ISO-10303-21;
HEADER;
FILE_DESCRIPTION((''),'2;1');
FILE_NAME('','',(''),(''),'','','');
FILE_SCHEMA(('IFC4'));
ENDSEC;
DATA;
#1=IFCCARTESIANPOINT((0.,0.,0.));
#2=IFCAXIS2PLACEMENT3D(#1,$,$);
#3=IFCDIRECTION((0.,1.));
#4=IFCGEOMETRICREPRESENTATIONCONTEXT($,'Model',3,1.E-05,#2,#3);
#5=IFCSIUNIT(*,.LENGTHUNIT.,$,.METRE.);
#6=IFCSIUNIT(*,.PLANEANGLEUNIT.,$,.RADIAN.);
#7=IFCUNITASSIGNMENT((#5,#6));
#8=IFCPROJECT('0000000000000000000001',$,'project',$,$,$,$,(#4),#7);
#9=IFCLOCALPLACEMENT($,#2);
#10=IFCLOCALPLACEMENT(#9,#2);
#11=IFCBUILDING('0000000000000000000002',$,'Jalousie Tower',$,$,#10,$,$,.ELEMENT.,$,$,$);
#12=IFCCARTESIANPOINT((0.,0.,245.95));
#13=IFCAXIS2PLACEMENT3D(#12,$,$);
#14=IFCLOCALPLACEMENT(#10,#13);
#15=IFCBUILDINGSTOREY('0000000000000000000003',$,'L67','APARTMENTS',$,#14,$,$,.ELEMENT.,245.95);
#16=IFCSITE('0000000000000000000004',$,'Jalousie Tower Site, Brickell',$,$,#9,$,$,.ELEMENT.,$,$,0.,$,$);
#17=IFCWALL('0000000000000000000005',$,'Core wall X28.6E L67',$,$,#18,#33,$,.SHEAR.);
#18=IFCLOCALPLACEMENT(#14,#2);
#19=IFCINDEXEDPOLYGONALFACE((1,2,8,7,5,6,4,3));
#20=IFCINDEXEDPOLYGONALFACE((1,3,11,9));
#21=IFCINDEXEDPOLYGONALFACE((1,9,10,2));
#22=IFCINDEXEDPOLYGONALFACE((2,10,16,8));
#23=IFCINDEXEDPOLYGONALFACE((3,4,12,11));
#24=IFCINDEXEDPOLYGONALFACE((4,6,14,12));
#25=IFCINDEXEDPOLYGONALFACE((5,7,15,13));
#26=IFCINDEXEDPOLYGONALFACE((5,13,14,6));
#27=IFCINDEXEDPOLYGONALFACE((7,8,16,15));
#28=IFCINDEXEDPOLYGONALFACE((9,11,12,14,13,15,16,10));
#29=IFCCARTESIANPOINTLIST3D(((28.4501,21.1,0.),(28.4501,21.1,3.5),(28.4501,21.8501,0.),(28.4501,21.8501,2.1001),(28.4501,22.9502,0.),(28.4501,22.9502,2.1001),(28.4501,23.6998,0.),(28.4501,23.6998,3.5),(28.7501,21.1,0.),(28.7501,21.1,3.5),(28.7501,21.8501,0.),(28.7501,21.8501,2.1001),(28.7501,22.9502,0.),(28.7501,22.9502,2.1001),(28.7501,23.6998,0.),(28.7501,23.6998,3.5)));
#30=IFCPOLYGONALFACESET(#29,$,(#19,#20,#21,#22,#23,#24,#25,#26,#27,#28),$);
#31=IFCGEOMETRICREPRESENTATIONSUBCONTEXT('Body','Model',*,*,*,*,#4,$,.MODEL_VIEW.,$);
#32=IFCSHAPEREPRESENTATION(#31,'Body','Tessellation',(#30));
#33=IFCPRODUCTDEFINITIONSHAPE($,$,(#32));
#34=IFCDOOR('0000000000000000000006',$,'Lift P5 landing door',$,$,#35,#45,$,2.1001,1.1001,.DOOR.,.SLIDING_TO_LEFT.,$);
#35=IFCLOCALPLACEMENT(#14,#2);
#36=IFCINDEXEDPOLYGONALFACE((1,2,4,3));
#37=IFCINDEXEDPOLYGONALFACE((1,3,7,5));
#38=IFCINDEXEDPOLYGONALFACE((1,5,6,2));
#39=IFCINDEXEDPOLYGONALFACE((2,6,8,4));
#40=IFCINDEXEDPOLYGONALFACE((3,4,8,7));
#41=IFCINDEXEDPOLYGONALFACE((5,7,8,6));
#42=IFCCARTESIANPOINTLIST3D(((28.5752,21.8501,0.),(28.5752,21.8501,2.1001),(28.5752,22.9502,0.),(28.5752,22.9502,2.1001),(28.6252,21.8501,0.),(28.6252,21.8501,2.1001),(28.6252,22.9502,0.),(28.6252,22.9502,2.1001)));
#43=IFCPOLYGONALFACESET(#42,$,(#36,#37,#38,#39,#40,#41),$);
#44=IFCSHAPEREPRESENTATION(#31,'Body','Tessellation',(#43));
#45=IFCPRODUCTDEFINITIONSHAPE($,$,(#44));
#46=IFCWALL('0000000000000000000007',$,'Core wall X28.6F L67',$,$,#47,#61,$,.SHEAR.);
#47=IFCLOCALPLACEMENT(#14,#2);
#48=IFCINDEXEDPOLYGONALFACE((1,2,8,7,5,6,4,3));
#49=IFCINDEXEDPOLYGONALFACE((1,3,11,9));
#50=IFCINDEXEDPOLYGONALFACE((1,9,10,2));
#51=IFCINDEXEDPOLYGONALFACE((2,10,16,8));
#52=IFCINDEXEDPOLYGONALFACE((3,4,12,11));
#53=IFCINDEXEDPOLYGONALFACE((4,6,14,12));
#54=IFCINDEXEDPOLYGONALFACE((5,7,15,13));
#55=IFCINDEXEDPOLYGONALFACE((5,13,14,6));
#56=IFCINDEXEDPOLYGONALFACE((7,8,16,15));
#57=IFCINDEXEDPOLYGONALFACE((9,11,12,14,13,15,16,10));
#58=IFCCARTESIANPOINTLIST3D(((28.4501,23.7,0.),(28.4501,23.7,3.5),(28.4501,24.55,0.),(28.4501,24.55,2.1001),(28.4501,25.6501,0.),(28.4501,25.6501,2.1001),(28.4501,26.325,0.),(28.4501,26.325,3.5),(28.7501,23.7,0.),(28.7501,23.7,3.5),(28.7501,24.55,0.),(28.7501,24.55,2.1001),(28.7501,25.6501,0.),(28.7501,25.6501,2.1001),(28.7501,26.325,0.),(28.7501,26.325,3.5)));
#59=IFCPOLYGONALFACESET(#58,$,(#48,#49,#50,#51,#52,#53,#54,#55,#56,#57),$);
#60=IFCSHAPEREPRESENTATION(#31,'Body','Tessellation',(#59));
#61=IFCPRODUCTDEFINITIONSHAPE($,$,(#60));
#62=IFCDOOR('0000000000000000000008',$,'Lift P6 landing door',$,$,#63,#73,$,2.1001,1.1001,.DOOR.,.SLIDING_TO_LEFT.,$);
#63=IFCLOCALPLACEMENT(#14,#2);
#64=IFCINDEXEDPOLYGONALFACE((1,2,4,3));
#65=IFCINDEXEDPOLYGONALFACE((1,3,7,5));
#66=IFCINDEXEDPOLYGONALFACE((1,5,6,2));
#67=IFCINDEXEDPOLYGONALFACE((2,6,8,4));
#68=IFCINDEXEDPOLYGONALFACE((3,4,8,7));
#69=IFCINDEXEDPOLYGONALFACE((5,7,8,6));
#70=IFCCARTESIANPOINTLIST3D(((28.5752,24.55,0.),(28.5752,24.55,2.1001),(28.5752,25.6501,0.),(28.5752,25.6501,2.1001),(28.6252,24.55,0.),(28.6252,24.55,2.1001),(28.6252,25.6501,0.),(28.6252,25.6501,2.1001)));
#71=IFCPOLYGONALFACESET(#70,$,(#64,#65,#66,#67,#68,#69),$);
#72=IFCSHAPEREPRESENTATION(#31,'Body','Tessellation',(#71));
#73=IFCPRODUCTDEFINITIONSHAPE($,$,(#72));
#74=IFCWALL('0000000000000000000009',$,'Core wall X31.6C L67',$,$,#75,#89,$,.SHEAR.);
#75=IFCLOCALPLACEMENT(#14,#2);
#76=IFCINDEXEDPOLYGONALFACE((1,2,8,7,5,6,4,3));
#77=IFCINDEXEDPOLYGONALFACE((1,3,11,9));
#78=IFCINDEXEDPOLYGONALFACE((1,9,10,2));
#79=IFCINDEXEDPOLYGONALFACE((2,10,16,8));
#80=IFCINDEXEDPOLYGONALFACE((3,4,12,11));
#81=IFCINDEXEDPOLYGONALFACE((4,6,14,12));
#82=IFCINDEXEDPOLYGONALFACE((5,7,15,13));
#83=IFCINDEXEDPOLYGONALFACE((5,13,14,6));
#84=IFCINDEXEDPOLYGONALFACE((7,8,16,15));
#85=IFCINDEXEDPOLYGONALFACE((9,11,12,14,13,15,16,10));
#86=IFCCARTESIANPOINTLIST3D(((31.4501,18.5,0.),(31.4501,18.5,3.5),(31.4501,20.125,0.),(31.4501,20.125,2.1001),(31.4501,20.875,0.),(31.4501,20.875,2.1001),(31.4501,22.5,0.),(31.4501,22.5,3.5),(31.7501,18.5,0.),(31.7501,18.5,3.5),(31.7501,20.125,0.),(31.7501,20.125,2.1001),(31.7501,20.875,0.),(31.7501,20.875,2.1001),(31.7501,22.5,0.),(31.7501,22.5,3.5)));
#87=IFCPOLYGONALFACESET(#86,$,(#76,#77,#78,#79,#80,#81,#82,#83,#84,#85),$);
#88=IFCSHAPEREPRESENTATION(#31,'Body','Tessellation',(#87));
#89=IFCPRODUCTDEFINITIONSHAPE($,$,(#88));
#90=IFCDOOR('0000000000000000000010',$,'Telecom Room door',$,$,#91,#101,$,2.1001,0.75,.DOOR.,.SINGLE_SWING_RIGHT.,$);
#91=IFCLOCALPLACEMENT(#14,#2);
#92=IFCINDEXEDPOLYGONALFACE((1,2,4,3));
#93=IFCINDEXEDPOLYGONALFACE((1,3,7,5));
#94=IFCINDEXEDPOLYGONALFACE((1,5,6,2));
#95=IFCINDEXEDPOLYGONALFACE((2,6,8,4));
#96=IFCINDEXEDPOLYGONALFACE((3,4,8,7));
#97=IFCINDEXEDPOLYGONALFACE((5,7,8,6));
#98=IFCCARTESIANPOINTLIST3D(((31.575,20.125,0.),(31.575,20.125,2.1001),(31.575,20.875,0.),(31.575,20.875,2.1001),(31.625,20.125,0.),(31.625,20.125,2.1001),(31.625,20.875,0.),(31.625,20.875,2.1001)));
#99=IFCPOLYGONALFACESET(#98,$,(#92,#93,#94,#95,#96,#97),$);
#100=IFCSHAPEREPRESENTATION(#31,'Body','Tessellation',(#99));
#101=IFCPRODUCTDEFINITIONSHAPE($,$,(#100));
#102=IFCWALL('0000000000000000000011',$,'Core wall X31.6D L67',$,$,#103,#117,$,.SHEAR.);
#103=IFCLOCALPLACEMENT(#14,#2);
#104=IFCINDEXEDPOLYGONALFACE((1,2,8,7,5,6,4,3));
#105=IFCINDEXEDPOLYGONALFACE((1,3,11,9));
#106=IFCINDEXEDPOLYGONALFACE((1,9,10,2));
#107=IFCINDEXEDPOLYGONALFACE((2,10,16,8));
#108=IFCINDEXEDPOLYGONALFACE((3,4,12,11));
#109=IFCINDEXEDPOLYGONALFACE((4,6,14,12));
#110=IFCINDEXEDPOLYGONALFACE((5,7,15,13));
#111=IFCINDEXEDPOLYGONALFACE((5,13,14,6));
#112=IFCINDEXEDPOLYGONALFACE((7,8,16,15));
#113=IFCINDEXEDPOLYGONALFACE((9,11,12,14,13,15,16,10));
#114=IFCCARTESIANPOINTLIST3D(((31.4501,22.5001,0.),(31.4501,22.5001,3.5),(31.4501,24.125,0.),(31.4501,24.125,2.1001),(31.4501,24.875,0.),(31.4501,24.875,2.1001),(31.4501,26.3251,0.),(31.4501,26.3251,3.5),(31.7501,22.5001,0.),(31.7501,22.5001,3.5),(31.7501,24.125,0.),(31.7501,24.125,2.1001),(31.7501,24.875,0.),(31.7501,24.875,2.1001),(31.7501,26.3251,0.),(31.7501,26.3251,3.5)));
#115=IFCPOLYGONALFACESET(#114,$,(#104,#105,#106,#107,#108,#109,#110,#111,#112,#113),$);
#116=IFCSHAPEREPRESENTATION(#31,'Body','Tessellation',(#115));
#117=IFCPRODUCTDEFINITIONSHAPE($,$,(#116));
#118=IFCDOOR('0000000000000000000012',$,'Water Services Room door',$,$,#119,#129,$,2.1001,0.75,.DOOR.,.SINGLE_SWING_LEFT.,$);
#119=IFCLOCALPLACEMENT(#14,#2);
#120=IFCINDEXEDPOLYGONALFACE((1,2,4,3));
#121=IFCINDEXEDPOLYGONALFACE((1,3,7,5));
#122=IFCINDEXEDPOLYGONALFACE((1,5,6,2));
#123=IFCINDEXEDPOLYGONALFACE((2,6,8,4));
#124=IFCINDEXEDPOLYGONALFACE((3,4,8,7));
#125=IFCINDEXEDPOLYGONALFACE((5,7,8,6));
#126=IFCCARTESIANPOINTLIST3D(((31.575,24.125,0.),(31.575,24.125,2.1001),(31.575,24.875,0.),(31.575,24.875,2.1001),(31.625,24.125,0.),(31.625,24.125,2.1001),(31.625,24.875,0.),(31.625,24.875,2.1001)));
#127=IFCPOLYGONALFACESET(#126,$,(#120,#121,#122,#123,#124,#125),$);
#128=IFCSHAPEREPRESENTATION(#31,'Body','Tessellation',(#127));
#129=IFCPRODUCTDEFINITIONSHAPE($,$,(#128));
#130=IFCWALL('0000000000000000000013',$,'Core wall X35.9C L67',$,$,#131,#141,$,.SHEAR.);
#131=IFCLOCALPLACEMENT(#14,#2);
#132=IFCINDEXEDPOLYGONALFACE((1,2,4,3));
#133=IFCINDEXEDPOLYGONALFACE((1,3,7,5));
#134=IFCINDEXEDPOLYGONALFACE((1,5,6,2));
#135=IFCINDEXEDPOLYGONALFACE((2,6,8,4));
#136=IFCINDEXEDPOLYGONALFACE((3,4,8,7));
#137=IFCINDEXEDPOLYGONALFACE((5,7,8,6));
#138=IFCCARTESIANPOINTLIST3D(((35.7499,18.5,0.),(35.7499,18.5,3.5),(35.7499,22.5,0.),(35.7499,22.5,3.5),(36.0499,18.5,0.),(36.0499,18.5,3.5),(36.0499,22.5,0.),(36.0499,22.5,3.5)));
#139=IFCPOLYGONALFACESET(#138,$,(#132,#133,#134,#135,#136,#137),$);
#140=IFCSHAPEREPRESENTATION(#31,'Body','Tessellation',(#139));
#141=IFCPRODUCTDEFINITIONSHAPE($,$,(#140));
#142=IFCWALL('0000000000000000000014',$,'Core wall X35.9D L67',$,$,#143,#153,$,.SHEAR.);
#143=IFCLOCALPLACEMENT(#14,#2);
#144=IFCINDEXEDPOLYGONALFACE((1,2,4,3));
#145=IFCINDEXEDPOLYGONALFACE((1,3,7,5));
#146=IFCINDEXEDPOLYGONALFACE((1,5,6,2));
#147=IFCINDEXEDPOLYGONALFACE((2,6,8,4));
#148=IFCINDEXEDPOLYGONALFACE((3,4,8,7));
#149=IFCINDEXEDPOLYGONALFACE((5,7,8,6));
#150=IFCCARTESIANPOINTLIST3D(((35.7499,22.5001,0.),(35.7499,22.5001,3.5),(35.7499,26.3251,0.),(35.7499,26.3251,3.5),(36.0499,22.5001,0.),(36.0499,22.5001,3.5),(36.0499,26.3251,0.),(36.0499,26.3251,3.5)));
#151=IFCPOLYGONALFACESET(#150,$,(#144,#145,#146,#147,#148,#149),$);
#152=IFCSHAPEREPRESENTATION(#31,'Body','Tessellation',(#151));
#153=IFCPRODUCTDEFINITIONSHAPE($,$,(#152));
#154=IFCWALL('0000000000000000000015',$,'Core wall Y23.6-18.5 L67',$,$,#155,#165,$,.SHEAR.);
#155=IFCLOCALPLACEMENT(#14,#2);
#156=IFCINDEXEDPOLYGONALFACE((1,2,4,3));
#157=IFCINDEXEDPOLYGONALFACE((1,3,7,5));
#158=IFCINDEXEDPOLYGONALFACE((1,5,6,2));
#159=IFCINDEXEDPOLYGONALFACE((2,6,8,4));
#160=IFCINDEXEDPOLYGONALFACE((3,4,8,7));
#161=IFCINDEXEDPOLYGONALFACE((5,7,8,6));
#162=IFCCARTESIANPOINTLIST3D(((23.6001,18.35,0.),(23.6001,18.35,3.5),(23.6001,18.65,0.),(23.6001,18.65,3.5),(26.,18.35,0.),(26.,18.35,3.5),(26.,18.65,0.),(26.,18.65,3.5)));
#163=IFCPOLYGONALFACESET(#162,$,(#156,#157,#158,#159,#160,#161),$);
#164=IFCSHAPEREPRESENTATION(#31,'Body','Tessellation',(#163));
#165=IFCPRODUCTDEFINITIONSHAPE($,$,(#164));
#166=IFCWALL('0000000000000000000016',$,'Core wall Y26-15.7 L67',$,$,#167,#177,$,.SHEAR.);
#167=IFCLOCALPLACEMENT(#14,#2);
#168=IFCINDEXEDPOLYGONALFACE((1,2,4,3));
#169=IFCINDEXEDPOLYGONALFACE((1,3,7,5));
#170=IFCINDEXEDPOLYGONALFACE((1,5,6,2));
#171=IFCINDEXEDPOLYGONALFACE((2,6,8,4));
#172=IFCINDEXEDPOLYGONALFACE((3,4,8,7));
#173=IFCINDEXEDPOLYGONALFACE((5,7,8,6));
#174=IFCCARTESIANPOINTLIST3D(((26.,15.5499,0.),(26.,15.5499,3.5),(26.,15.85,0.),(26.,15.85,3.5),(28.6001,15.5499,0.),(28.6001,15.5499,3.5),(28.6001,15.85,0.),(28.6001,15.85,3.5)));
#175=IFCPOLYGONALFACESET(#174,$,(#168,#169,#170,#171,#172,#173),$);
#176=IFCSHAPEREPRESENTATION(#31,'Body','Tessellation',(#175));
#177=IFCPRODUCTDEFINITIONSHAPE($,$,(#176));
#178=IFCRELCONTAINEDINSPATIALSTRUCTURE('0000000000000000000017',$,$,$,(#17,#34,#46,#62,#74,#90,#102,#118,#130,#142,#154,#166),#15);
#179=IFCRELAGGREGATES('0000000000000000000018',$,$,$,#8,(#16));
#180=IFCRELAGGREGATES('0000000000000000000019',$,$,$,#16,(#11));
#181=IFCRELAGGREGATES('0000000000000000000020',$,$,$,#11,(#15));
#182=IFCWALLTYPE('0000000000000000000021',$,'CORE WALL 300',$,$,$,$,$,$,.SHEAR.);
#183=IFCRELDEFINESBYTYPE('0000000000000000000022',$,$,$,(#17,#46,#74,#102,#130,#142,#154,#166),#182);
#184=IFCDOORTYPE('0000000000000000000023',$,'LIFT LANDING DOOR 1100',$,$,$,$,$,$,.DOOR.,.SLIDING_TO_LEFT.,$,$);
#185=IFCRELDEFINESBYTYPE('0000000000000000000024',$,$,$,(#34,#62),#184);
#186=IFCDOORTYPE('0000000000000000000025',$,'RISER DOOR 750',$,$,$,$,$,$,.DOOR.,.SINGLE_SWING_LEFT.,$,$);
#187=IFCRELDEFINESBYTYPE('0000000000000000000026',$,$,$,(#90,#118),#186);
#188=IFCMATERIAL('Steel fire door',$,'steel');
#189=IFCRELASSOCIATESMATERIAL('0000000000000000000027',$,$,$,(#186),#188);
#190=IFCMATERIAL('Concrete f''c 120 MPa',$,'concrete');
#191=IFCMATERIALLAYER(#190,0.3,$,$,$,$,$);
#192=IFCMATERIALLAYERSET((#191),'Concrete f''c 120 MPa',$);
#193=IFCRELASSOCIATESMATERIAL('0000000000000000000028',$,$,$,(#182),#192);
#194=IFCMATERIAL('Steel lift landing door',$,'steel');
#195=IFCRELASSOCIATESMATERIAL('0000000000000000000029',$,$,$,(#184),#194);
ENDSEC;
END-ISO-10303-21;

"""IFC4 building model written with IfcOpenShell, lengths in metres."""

from ifc_helpers import new_model, si_unit, direction, frame, frame_2d, origin, place, context, subcontext, project, spatial, rectangle, extrude, material, layer, layer_set, type_object, element, fill, save


model = new_model("IFC4")

# Units and contexts
model_context = context("Model", 3, precision=1e-05, world=origin(), true_north=direction((0.0, 1.0)))
body_context = subcontext(model_context, "Body", "Model", "MODEL_VIEW")
ifc_project = project(units=[si_unit("LENGTHUNIT", "METRE"), si_unit("PLANEANGLEUNIT", "RADIAN")], contexts=[model_context])

# Site, building, storey
site_placement = place(None, origin())
site = spatial("IfcSite", under=ifc_project, at=site_placement, Name="Jalousie Tower Site, Brickell", CompositionType="ELEMENT", RefElevation=0.0)
building_placement = place(site_placement, origin())
building = spatial("IfcBuilding", under=site, at=building_placement, Name="Jalousie Tower", CompositionType="ELEMENT")
storey_placement = place(building_placement, frame((0.0, 0.0, 245.95)))
storey = spatial("IfcBuildingStorey", under=building, at=storey_placement, Name="L67", Description="APARTMENTS", CompositionType="ELEMENT", Elevation=245.95)

# Shared definitions
ifc_material_1 = material(Name="Steel fire door", Category="steel")
door_type_1 = type_object("IfcDoorType", Name="RISER DOOR 750", OperationType="SINGLE_SWING_LEFT", PredefinedType="DOOR", material=ifc_material_1)

# Shared definitions
ifc_material_2 = material(Name="Concrete f'c 120 MPa", Category="concrete")
ifc_layer_1 = layer(ifc_material_2, 0.3)
ifc_layer_set_1 = layer_set([ifc_layer_1], Name="Concrete f'c 120 MPa")
wall_type_1 = type_object("IfcWallType", Name="CORE WALL 300", PredefinedType="SHEAR", material=ifc_layer_set_1)

# Walls, openings, doors
ifc_material_3 = material(Name="Steel lift landing door", Category="steel")
door_type_2 = type_object("IfcDoorType", Name="LIFT LANDING DOOR 1100", OperationType="SLIDING_TO_LEFT", PredefinedType="DOOR", material=ifc_material_3)
wall_1_placement = place(storey_placement, frame((28.6001, 21.1001, 0.0), z_axis=(0.0, 0.0, 1.0), x_axis=(0.0, 1.0, 0.0)))
wall_1 = element("IfcWall", 1, at=wall_1_placement, inside=storey, type_object=wall_type_1, Name="Core wall X28.6E L67", PredefinedType="SHEAR", context=body_context, shape_type="SweptSolid", body=[
    extrude(rectangle(XDim=2.5999, YDim=0.3, at=frame_2d((1.2998, 0.0))), origin(), (0.0, 0.0, 1.0), 3.5),
])
opening_1_placement = place(wall_1_placement, frame((0.75, 0.0, 0.0)))
opening_1 = element("IfcOpeningElement", 2, at=opening_1_placement, cuts=wall_1, PredefinedType="OPENING", context=body_context, shape_type="SweptSolid", body=[
    extrude(rectangle(XDim=1.1001, YDim=2.1001, at=frame_2d((0.55, 1.05))), frame((0.0, 0.1599, 0.0), z_axis=(0.0, -1.0, 0.0), x_axis=(1.0, 0.0, 0.0)), (0.0, 0.0, 1.0), 0.3201),
])
door_1_placement = place(opening_1_placement, origin())
door_1 = element("IfcDoor", 3, at=door_1_placement, inside=storey, type_object=door_type_2, Name="Lift P5 landing door", OperationType="SLIDING_TO_LEFT", OverallHeight=2.1001, OverallWidth=1.1001, PredefinedType="DOOR", context=body_context, shape_type="SweptSolid", body=[
    extrude(rectangle(XDim=1.1001, YDim=2.1001, at=frame_2d((0.55, 1.05))), frame((0.0, 0.0249, 0.0), z_axis=(0.0, -1.0, 0.0), x_axis=(1.0, 0.0, 0.0)), (0.0, 0.0, 1.0), 0.05),
])
fill(opening_1, door_1)
wall_2_placement = place(storey_placement, frame((28.6001, 23.7, 0.0), z_axis=(0.0, 0.0, 1.0), x_axis=(0.0, 1.0, 0.0)))
wall_2 = element("IfcWall", 4, at=wall_2_placement, inside=storey, type_object=wall_type_1, Name="Core wall X28.6F L67", PredefinedType="SHEAR", context=body_context, shape_type="SweptSolid", body=[
    extrude(rectangle(XDim=2.625, YDim=0.3, at=frame_2d((1.3125, 0.0))), origin(), (0.0, 0.0, 1.0), 3.5),
])
opening_2_placement = place(wall_2_placement, frame((0.8501, 0.0, 0.0)))
opening_2 = element("IfcOpeningElement", 5, at=opening_2_placement, cuts=wall_2, PredefinedType="OPENING", context=body_context, shape_type="SweptSolid", body=[
    extrude(rectangle(XDim=1.1001, YDim=2.1001, at=frame_2d((0.55, 1.05))), frame((0.0, 0.1599, 0.0), z_axis=(0.0, -1.0, 0.0), x_axis=(1.0, 0.0, 0.0)), (0.0, 0.0, 1.0), 0.3201),
])
door_2_placement = place(opening_2_placement, origin())
door_2 = element("IfcDoor", 6, at=door_2_placement, inside=storey, type_object=door_type_2, Name="Lift P6 landing door", OperationType="SLIDING_TO_LEFT", OverallHeight=2.1001, OverallWidth=1.1001, PredefinedType="DOOR", context=body_context, shape_type="SweptSolid", body=[
    extrude(rectangle(XDim=1.1001, YDim=2.1001, at=frame_2d((0.55, 1.05))), frame((0.0, 0.0249, 0.0), z_axis=(0.0, -1.0, 0.0), x_axis=(1.0, 0.0, 0.0)), (0.0, 0.0, 1.0), 0.05),
])
fill(opening_2, door_2)
wall_3_placement = place(storey_placement, frame((31.6001, 18.5, 0.0), z_axis=(0.0, 0.0, 1.0), x_axis=(0.0, 1.0, 0.0)))
wall_3 = element("IfcWall", 7, at=wall_3_placement, inside=storey, type_object=wall_type_1, Name="Core wall X31.6C L67", PredefinedType="SHEAR", context=body_context, shape_type="SweptSolid", body=[
    extrude(rectangle(XDim=4.0, YDim=0.3, at=frame_2d((2.0, 0.0))), origin(), (0.0, 0.0, 1.0), 3.5),
])
opening_3_placement = place(wall_3_placement, frame((1.625, 0.0, 0.0)))
opening_3 = element("IfcOpeningElement", 8, at=opening_3_placement, cuts=wall_3, PredefinedType="OPENING", context=body_context, shape_type="SweptSolid", body=[
    extrude(rectangle(XDim=0.75, YDim=2.1001, at=frame_2d((0.375, 1.05))), frame((0.0, 0.1599, 0.0), z_axis=(0.0, -1.0, 0.0), x_axis=(1.0, 0.0, 0.0)), (0.0, 0.0, 1.0), 0.3201),
])
door_3_placement = place(opening_3_placement, frame((0.75, 0.0, 0.0), z_axis=(0.0, 0.0, 1.0), x_axis=(-1.0, 0.0, 0.0)))
door_3 = element("IfcDoor", 9, at=door_3_placement, inside=storey, type_object=door_type_1, Name="Telecom Room door", OperationType="SINGLE_SWING_RIGHT", OverallHeight=2.1001, OverallWidth=0.75, PredefinedType="DOOR", context=body_context, shape_type="SweptSolid", body=[
    extrude(rectangle(XDim=0.75, YDim=2.1001, at=frame_2d((0.375, 1.05))), frame((0.0, 0.0249, 0.0), z_axis=(0.0, -1.0, 0.0), x_axis=(1.0, 0.0, 0.0)), (0.0, 0.0, 1.0), 0.05),
])
fill(opening_3, door_3)
wall_4_placement = place(storey_placement, frame((31.6001, 22.5, 0.0), z_axis=(0.0, 0.0, 1.0), x_axis=(0.0, 1.0, 0.0)))
wall_4 = element("IfcWall", 10, at=wall_4_placement, inside=storey, type_object=wall_type_1, Name="Core wall X31.6D L67", PredefinedType="SHEAR", context=body_context, shape_type="SweptSolid", body=[
    extrude(rectangle(XDim=3.825, YDim=0.3, at=frame_2d((1.9126, 0.0))), origin(), (0.0, 0.0, 1.0), 3.5),
])
opening_4_placement = place(wall_4_placement, frame((1.625, 0.0, 0.0)))
opening_4 = element("IfcOpeningElement", 11, at=opening_4_placement, cuts=wall_4, PredefinedType="OPENING", context=body_context, shape_type="SweptSolid", body=[
    extrude(rectangle(XDim=0.75, YDim=2.1001, at=frame_2d((0.375, 1.05))), frame((0.0, 0.1599, 0.0), z_axis=(0.0, -1.0, 0.0), x_axis=(1.0, 0.0, 0.0)), (0.0, 0.0, 1.0), 0.3201),
])
door_4_placement = place(opening_4_placement, frame((0.75, 0.0, 0.0), z_axis=(0.0, 0.0, 1.0), x_axis=(-1.0, 0.0, 0.0)))
door_4 = element("IfcDoor", 12, at=door_4_placement, inside=storey, type_object=door_type_1, Name="Water Services Room door", OperationType="SINGLE_SWING_LEFT", OverallHeight=2.1001, OverallWidth=0.75, PredefinedType="DOOR", context=body_context, shape_type="SweptSolid", body=[
    extrude(rectangle(XDim=0.75, YDim=2.1001, at=frame_2d((0.375, 1.05))), frame((0.0, 0.0249, 0.0), z_axis=(0.0, -1.0, 0.0), x_axis=(1.0, 0.0, 0.0)), (0.0, 0.0, 1.0), 0.05),
])
fill(opening_4, door_4)

# Walls
wall_5_placement = place(storey_placement, frame((35.8999, 18.5, 0.0), z_axis=(0.0, 0.0, 1.0), x_axis=(0.0, 1.0, 0.0)))
element("IfcWall", 13, at=wall_5_placement, inside=storey, type_object=wall_type_1, Name="Core wall X35.9C L67", PredefinedType="SHEAR", context=body_context, shape_type="SweptSolid", body=[
    extrude(rectangle(XDim=4.0, YDim=0.3, at=frame_2d((2.0, 0.0))), origin(), (0.0, 0.0, 1.0), 3.5),
])
wall_6_placement = place(storey_placement, frame((35.8999, 22.5, 0.0), z_axis=(0.0, 0.0, 1.0), x_axis=(0.0, 1.0, 0.0)))
element("IfcWall", 14, at=wall_6_placement, inside=storey, type_object=wall_type_1, Name="Core wall X35.9D L67", PredefinedType="SHEAR", context=body_context, shape_type="SweptSolid", body=[
    extrude(rectangle(XDim=3.825, YDim=0.3, at=frame_2d((1.9126, 0.0))), origin(), (0.0, 0.0, 1.0), 3.5),
])
wall_7_placement = place(storey_placement, frame((23.6001, 18.5, 0.0), z_axis=(0.0, 0.0, 1.0), x_axis=(1.0, 0.0, 0.0)))
element("IfcWall", 15, at=wall_7_placement, inside=storey, type_object=wall_type_1, Name="Core wall Y23.6-18.5 L67", PredefinedType="SHEAR", context=body_context, shape_type="SweptSolid", body=[
    extrude(rectangle(XDim=2.3999, YDim=0.3, at=frame_2d((1.2, 0.0))), origin(), (0.0, 0.0, 1.0), 3.5),
])
for number, where, z_axis, x_axis, name in (
    (16, (26.0, 15.7, 0.0), (0.0, 0.0, 1.0), (1.0, 0.0, 0.0), "Core wall Y26-15.7 L67"),
):
    element("IfcWall", number, at=place(storey_placement, frame(where, z_axis=z_axis, x_axis=x_axis)), inside=storey, type_object=wall_type_1, Name=name, PredefinedType="SHEAR", context=body_context, shape_type="SweptSolid", body=[
        extrude(rectangle(XDim=2.6001, YDim=0.3, at=frame_2d((1.3, 0.0))), origin(), (0.0, 0.0, 1.0), 3.5),
    ])

save(model, "model.ifc")
